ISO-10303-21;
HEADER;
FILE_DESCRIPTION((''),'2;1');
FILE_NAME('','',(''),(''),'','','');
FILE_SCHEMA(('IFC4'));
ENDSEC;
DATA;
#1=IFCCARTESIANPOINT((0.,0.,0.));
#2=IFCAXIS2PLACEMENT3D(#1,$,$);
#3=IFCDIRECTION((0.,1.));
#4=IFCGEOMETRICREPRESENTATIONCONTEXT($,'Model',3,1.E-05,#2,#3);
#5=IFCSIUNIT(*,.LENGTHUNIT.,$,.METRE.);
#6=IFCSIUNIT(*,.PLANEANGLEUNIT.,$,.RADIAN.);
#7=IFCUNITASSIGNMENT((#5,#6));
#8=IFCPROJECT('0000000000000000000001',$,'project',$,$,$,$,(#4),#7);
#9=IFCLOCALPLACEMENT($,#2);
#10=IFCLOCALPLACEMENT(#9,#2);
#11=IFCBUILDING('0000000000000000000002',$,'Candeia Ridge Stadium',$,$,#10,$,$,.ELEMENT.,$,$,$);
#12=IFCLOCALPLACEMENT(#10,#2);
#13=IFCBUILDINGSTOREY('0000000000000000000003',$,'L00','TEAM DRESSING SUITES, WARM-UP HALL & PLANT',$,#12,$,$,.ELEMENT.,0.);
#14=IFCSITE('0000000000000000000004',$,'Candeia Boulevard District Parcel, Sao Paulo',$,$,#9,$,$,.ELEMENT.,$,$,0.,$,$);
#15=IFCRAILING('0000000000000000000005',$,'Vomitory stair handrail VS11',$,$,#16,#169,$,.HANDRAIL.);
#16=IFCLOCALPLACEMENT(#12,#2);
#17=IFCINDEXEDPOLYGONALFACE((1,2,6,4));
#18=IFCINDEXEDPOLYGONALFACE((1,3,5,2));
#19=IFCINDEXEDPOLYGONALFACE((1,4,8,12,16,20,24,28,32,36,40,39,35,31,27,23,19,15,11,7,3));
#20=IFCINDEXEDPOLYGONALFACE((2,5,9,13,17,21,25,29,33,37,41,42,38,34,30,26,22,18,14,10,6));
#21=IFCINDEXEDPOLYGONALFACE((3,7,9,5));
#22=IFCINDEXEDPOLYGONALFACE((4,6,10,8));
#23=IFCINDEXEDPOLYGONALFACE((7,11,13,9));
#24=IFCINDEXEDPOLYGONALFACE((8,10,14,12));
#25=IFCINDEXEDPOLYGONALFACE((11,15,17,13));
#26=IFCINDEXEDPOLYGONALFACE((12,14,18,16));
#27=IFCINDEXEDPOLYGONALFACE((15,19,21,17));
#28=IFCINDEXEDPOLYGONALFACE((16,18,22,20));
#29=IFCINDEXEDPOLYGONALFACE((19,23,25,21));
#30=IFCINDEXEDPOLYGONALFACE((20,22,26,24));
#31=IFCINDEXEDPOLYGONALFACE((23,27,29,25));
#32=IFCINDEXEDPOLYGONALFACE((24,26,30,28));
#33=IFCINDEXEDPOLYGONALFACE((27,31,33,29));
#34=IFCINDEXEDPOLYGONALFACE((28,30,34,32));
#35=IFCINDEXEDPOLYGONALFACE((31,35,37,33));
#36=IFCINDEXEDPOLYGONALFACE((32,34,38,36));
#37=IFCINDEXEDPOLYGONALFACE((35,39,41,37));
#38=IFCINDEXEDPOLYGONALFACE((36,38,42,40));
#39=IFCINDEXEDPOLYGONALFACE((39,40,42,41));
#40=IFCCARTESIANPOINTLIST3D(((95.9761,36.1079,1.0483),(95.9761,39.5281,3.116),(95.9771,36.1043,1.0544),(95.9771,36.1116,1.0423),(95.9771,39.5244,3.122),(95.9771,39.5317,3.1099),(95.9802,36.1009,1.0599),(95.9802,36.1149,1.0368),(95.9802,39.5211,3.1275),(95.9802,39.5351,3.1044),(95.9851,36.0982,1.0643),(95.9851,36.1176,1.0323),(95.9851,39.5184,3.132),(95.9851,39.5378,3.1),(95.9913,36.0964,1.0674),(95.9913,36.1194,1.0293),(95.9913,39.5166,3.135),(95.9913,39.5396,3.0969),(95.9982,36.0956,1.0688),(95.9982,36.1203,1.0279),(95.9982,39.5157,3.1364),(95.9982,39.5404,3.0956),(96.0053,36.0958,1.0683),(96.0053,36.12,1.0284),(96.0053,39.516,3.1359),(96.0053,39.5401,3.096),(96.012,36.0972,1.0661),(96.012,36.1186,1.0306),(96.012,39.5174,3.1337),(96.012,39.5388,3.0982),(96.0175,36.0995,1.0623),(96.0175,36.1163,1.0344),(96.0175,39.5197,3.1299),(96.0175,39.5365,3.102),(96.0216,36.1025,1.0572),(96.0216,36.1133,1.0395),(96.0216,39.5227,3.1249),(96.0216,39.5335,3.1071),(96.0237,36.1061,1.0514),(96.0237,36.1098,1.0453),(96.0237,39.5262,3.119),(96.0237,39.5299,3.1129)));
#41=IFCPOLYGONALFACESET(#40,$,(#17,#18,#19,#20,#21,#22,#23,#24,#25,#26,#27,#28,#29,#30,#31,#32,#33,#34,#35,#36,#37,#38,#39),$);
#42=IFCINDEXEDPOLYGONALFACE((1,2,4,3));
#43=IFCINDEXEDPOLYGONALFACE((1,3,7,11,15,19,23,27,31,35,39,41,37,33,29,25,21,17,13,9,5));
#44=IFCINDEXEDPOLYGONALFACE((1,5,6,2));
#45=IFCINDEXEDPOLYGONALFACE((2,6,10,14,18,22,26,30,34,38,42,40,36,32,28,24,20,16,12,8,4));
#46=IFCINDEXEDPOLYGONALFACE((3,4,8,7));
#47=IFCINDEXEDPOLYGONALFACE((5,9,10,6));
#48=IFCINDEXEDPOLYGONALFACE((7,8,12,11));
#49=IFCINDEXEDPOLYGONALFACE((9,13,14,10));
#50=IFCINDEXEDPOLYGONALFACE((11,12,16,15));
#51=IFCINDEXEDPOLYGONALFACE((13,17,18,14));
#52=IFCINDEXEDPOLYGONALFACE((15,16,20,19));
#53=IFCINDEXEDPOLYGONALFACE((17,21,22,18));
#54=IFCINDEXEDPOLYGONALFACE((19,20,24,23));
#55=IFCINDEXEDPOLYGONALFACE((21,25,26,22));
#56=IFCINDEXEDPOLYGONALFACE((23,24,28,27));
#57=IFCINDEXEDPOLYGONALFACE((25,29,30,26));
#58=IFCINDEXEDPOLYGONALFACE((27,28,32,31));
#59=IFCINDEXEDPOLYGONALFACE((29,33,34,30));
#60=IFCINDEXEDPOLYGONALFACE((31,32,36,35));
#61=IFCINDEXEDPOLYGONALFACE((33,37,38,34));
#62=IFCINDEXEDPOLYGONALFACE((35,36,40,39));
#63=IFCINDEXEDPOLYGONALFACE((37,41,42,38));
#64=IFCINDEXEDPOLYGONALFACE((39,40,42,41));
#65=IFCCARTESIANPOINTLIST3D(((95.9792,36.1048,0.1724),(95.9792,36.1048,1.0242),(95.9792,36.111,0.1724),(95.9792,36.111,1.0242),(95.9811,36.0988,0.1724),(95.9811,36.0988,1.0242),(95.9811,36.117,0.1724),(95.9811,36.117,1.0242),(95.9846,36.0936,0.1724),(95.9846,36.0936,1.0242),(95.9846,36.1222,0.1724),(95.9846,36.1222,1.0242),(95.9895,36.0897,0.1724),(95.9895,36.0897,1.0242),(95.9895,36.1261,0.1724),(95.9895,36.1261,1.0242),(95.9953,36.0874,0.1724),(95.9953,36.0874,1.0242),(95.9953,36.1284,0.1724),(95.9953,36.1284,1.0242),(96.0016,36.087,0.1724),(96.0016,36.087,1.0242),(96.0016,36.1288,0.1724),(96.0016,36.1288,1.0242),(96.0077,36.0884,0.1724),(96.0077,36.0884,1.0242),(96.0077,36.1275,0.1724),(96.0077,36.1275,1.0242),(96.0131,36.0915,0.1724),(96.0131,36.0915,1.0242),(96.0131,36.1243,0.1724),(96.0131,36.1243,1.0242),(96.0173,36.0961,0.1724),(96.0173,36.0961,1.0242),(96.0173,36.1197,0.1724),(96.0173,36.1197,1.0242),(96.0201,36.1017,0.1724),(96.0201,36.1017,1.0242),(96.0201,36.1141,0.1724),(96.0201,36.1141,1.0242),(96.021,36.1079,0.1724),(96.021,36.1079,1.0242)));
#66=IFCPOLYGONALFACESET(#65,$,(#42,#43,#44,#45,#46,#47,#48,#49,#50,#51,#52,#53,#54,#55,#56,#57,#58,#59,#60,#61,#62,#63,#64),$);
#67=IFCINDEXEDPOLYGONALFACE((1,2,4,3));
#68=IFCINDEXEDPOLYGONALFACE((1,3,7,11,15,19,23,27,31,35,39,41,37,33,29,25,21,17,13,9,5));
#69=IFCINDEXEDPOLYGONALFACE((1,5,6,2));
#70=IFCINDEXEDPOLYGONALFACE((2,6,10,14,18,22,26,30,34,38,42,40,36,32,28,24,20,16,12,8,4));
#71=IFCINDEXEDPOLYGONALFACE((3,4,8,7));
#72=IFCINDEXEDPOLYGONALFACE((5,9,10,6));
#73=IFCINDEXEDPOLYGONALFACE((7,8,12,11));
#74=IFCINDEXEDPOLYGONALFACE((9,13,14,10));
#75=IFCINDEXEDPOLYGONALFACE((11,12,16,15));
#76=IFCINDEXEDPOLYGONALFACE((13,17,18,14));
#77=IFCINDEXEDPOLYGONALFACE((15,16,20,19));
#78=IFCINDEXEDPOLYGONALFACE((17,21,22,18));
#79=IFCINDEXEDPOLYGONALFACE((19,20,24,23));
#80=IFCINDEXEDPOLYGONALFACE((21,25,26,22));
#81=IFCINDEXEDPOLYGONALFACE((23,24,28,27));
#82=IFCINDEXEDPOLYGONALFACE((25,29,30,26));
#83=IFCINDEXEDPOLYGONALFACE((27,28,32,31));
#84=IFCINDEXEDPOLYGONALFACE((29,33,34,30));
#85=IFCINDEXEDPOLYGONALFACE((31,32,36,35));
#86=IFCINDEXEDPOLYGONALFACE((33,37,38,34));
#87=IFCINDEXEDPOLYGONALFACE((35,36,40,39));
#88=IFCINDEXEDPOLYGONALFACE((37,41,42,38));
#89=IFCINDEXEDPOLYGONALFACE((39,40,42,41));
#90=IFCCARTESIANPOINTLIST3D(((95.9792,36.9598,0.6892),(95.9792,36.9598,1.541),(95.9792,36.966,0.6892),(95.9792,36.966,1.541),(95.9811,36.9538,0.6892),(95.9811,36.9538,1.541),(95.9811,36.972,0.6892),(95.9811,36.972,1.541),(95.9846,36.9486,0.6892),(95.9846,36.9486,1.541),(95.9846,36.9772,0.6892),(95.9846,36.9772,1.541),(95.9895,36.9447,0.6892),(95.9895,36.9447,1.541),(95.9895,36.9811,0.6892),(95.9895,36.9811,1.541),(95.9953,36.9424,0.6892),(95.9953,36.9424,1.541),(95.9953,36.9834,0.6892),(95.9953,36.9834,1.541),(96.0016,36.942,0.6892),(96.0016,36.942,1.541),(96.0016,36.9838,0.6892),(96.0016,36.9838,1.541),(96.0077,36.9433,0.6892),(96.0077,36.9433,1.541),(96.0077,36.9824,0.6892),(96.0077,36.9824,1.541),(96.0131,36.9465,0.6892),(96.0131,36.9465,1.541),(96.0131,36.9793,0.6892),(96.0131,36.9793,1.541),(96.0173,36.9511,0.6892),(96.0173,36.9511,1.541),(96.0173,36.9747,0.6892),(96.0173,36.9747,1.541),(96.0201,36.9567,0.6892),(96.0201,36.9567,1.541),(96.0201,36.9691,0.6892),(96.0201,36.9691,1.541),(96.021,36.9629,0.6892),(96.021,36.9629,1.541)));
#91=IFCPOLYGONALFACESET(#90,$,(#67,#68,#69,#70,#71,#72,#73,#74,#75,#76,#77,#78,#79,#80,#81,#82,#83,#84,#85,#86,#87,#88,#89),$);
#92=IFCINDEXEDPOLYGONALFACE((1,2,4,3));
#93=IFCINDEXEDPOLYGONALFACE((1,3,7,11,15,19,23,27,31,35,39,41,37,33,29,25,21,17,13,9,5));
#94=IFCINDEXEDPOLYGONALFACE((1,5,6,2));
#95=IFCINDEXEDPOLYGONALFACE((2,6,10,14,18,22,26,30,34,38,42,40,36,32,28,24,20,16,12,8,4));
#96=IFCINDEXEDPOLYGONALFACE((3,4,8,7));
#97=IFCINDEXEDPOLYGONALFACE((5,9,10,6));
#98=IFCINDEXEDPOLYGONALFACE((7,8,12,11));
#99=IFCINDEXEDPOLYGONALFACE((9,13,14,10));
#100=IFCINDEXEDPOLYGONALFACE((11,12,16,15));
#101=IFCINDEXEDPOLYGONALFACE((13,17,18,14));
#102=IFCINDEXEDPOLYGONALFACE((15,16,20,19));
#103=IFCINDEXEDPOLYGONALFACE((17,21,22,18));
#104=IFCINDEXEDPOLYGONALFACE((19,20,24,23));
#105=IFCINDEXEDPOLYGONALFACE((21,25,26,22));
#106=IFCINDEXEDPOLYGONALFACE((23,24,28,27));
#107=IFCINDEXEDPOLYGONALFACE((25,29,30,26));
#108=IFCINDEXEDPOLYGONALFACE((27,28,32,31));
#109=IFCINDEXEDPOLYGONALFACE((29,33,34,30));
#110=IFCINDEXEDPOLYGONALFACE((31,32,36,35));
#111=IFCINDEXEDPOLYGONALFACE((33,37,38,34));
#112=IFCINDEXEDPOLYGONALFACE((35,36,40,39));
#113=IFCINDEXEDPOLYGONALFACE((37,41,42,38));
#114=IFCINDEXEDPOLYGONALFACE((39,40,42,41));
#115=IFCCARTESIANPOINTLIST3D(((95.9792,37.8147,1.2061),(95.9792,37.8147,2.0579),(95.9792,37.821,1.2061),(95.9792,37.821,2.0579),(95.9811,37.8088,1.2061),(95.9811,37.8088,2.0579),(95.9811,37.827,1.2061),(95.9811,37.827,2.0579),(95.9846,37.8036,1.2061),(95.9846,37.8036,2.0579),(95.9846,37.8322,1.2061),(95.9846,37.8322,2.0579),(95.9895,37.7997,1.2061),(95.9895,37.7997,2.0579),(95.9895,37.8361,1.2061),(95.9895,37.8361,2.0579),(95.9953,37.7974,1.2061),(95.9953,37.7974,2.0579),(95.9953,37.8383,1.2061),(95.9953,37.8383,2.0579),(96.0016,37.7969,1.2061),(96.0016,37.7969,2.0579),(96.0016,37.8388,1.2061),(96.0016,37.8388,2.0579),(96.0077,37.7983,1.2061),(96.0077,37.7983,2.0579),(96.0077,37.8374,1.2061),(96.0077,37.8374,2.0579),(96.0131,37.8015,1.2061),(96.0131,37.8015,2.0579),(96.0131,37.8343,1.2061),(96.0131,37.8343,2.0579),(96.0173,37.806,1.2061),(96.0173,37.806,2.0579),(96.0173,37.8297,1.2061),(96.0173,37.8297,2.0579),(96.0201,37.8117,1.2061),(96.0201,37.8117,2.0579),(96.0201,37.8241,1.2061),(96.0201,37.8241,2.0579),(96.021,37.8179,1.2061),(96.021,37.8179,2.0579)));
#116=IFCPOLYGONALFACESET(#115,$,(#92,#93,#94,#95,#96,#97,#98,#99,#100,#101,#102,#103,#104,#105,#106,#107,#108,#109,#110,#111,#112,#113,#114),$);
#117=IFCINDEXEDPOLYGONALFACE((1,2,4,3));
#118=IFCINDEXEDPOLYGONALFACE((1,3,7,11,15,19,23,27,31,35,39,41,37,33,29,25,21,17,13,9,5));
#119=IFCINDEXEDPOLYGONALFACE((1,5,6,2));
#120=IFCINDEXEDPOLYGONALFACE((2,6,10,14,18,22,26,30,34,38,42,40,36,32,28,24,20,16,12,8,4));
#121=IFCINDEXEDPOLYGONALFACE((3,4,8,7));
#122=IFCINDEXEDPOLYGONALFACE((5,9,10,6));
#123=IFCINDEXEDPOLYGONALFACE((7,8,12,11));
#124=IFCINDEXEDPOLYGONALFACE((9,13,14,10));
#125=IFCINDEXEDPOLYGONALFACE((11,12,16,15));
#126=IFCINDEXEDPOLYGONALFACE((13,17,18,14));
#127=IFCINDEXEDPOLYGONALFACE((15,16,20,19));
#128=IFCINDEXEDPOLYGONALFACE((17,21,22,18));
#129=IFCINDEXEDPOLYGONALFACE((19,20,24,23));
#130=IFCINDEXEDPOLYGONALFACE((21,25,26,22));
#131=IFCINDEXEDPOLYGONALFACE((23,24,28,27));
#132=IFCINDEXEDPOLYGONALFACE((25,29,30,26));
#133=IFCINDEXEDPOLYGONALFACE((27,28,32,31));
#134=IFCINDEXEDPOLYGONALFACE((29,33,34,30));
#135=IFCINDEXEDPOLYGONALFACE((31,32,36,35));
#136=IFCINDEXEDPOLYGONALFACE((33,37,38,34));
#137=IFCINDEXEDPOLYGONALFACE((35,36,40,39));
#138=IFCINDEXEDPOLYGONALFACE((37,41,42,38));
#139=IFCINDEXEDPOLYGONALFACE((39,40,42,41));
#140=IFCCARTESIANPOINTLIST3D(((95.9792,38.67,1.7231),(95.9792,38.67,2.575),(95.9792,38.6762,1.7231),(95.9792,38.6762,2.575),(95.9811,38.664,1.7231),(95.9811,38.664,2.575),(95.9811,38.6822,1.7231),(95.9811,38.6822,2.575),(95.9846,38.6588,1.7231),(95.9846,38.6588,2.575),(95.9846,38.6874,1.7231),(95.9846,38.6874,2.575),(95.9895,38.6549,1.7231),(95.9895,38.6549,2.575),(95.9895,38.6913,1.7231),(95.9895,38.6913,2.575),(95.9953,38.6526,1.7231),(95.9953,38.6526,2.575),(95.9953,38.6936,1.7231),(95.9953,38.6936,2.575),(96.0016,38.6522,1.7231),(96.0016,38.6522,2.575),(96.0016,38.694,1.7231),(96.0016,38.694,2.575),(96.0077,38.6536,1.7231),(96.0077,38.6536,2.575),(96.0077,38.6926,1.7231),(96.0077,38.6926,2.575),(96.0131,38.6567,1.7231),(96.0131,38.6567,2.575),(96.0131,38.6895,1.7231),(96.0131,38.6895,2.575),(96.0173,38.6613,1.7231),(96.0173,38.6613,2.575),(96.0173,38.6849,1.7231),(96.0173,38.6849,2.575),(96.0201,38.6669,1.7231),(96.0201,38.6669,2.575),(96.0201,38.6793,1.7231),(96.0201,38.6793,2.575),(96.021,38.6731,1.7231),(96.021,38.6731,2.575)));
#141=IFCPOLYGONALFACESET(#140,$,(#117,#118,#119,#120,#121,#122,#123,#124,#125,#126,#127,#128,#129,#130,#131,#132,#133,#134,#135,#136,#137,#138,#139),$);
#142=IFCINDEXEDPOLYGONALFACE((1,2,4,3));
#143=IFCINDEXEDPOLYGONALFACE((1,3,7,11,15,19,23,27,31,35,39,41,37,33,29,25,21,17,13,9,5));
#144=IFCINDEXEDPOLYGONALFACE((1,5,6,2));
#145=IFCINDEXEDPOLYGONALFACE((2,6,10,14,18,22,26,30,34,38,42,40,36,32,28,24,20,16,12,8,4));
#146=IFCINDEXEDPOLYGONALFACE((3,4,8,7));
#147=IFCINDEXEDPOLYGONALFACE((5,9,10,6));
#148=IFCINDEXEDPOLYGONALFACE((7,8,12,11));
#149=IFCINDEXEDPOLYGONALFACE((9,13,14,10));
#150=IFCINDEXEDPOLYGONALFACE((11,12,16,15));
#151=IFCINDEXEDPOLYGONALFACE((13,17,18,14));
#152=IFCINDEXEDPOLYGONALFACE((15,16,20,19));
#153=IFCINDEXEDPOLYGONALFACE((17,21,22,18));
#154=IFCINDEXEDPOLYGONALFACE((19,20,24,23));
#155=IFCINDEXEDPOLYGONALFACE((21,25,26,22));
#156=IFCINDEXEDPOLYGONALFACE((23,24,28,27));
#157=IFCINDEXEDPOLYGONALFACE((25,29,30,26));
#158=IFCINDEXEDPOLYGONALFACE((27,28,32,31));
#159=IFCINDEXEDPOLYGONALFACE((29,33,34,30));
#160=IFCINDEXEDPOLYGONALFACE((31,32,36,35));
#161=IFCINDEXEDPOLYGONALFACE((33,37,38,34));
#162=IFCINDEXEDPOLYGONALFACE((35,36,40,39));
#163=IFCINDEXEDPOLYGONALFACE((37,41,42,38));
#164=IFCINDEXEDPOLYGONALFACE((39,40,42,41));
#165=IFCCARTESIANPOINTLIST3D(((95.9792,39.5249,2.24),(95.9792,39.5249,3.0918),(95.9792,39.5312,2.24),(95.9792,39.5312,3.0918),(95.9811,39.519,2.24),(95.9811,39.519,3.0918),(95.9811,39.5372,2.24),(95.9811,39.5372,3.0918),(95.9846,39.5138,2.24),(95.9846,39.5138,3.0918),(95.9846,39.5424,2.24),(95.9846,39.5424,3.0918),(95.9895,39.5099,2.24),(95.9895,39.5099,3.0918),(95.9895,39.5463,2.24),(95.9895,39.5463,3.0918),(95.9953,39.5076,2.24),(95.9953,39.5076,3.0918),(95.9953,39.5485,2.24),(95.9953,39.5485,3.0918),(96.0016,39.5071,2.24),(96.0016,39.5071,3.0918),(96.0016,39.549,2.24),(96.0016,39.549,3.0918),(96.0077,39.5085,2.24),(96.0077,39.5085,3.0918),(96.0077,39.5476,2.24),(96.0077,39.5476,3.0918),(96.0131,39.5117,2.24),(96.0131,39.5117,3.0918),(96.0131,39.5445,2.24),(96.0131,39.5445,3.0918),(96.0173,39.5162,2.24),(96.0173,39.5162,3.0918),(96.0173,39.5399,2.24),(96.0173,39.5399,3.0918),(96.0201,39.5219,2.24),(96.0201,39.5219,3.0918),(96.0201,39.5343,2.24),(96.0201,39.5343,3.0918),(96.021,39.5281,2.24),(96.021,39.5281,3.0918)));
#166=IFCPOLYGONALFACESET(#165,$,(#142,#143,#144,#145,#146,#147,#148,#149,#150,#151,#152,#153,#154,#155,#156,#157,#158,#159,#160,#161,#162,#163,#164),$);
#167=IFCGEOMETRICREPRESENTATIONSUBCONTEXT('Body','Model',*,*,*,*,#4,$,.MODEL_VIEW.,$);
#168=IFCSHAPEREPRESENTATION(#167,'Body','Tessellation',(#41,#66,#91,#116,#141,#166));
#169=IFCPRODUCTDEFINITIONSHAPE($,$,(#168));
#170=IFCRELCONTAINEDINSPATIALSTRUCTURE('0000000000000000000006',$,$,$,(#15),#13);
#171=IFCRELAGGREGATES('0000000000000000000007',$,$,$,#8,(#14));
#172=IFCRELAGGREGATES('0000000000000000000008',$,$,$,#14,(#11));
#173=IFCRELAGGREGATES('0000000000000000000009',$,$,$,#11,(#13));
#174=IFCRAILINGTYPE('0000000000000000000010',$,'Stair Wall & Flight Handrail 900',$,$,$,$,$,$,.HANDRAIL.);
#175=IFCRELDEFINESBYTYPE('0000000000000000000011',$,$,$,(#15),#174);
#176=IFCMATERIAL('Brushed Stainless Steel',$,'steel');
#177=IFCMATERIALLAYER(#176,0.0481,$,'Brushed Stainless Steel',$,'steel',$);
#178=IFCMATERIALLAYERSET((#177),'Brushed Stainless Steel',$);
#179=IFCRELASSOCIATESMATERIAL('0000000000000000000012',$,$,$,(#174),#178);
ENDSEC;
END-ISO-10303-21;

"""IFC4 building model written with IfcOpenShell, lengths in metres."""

from ifc_helpers import new_model, si_unit, direction, frame, origin, origin_2d, place, context, subcontext, project, spatial, circle, extrude, material, layer, layer_set, type_object, element, save


model = new_model("IFC4")

# Units and contexts
model_context = context("Model", 3, precision=1e-05, world=origin(), true_north=direction((0.0, 1.0)))
body_context = subcontext(model_context, "Body", "Model", "MODEL_VIEW")
ifc_project = project(units=[si_unit("LENGTHUNIT", "METRE"), si_unit("PLANEANGLEUNIT", "RADIAN")], contexts=[model_context])

# Site, building, storey
site_placement = place(None, origin())
site = spatial("IfcSite", under=ifc_project, at=site_placement, Name="Candeia Boulevard District Parcel, Sao Paulo", CompositionType="ELEMENT", RefElevation=0.0)
building_placement = place(site_placement, origin())
building = spatial("IfcBuilding", under=site, at=building_placement, Name="Candeia Ridge Stadium", CompositionType="ELEMENT")
storey_placement = place(building_placement, origin())
storey = spatial("IfcBuildingStorey", under=building, at=storey_placement, Name="L00", Description="TEAM DRESSING SUITES, WARM-UP HALL & PLANT", CompositionType="ELEMENT", Elevation=0.0)

# Railing
ifc_material_1 = material(Name="Brushed Stainless Steel", Category="steel")
ifc_layer_1 = layer(ifc_material_1, 0.0481, Name="Brushed Stainless Steel", Category="steel")
ifc_layer_set_1 = layer_set([ifc_layer_1], Name="Brushed Stainless Steel")
railing_type_1 = type_object("IfcRailingType", Name="Stair Wall & Flight Handrail 900", PredefinedType="HANDRAIL", material=ifc_layer_set_1)
railing_1_placement = place(storey_placement, frame((96.0, 36.1079, 0.1724)))
element("IfcRailing", 1, at=railing_1_placement, inside=storey, type_object=railing_type_1, Name="Vomitory stair handrail VS11", PredefinedType="HANDRAIL", context=body_context, shape_type="SweptSolid", body=[
    extrude(circle(Radius=0.0239, at=origin_2d()), frame((0.0, 0.0, 0.876), z_axis=(0.0, 0.855774, 0.51735), x_axis=(-1.0, 0.0, 0.0)), (0.0, 0.0, 1.0), 3.9966),
    extrude(circle(Radius=0.021, at=origin_2d()), origin(), (0.0, 0.0, 1.0), 0.8518),
    extrude(circle(Radius=0.021, at=origin_2d()), frame((0.0, 0.855, 0.5168)), (0.0, 0.0, 1.0), 0.8518),
    extrude(circle(Radius=0.021, at=origin_2d()), frame((0.0, 1.71, 1.0337)), (0.0, 0.0, 1.0), 0.8518),
    extrude(circle(Radius=0.021, at=origin_2d()), frame((0.0, 2.5652, 1.5508)), (0.0, 0.0, 1.0), 0.8518),
    extrude(circle(Radius=0.021, at=origin_2d()), frame((0.0, 3.4202, 2.0676)), (0.0, 0.0, 1.0), 0.8518),
])

save(model, "model.ifc")
